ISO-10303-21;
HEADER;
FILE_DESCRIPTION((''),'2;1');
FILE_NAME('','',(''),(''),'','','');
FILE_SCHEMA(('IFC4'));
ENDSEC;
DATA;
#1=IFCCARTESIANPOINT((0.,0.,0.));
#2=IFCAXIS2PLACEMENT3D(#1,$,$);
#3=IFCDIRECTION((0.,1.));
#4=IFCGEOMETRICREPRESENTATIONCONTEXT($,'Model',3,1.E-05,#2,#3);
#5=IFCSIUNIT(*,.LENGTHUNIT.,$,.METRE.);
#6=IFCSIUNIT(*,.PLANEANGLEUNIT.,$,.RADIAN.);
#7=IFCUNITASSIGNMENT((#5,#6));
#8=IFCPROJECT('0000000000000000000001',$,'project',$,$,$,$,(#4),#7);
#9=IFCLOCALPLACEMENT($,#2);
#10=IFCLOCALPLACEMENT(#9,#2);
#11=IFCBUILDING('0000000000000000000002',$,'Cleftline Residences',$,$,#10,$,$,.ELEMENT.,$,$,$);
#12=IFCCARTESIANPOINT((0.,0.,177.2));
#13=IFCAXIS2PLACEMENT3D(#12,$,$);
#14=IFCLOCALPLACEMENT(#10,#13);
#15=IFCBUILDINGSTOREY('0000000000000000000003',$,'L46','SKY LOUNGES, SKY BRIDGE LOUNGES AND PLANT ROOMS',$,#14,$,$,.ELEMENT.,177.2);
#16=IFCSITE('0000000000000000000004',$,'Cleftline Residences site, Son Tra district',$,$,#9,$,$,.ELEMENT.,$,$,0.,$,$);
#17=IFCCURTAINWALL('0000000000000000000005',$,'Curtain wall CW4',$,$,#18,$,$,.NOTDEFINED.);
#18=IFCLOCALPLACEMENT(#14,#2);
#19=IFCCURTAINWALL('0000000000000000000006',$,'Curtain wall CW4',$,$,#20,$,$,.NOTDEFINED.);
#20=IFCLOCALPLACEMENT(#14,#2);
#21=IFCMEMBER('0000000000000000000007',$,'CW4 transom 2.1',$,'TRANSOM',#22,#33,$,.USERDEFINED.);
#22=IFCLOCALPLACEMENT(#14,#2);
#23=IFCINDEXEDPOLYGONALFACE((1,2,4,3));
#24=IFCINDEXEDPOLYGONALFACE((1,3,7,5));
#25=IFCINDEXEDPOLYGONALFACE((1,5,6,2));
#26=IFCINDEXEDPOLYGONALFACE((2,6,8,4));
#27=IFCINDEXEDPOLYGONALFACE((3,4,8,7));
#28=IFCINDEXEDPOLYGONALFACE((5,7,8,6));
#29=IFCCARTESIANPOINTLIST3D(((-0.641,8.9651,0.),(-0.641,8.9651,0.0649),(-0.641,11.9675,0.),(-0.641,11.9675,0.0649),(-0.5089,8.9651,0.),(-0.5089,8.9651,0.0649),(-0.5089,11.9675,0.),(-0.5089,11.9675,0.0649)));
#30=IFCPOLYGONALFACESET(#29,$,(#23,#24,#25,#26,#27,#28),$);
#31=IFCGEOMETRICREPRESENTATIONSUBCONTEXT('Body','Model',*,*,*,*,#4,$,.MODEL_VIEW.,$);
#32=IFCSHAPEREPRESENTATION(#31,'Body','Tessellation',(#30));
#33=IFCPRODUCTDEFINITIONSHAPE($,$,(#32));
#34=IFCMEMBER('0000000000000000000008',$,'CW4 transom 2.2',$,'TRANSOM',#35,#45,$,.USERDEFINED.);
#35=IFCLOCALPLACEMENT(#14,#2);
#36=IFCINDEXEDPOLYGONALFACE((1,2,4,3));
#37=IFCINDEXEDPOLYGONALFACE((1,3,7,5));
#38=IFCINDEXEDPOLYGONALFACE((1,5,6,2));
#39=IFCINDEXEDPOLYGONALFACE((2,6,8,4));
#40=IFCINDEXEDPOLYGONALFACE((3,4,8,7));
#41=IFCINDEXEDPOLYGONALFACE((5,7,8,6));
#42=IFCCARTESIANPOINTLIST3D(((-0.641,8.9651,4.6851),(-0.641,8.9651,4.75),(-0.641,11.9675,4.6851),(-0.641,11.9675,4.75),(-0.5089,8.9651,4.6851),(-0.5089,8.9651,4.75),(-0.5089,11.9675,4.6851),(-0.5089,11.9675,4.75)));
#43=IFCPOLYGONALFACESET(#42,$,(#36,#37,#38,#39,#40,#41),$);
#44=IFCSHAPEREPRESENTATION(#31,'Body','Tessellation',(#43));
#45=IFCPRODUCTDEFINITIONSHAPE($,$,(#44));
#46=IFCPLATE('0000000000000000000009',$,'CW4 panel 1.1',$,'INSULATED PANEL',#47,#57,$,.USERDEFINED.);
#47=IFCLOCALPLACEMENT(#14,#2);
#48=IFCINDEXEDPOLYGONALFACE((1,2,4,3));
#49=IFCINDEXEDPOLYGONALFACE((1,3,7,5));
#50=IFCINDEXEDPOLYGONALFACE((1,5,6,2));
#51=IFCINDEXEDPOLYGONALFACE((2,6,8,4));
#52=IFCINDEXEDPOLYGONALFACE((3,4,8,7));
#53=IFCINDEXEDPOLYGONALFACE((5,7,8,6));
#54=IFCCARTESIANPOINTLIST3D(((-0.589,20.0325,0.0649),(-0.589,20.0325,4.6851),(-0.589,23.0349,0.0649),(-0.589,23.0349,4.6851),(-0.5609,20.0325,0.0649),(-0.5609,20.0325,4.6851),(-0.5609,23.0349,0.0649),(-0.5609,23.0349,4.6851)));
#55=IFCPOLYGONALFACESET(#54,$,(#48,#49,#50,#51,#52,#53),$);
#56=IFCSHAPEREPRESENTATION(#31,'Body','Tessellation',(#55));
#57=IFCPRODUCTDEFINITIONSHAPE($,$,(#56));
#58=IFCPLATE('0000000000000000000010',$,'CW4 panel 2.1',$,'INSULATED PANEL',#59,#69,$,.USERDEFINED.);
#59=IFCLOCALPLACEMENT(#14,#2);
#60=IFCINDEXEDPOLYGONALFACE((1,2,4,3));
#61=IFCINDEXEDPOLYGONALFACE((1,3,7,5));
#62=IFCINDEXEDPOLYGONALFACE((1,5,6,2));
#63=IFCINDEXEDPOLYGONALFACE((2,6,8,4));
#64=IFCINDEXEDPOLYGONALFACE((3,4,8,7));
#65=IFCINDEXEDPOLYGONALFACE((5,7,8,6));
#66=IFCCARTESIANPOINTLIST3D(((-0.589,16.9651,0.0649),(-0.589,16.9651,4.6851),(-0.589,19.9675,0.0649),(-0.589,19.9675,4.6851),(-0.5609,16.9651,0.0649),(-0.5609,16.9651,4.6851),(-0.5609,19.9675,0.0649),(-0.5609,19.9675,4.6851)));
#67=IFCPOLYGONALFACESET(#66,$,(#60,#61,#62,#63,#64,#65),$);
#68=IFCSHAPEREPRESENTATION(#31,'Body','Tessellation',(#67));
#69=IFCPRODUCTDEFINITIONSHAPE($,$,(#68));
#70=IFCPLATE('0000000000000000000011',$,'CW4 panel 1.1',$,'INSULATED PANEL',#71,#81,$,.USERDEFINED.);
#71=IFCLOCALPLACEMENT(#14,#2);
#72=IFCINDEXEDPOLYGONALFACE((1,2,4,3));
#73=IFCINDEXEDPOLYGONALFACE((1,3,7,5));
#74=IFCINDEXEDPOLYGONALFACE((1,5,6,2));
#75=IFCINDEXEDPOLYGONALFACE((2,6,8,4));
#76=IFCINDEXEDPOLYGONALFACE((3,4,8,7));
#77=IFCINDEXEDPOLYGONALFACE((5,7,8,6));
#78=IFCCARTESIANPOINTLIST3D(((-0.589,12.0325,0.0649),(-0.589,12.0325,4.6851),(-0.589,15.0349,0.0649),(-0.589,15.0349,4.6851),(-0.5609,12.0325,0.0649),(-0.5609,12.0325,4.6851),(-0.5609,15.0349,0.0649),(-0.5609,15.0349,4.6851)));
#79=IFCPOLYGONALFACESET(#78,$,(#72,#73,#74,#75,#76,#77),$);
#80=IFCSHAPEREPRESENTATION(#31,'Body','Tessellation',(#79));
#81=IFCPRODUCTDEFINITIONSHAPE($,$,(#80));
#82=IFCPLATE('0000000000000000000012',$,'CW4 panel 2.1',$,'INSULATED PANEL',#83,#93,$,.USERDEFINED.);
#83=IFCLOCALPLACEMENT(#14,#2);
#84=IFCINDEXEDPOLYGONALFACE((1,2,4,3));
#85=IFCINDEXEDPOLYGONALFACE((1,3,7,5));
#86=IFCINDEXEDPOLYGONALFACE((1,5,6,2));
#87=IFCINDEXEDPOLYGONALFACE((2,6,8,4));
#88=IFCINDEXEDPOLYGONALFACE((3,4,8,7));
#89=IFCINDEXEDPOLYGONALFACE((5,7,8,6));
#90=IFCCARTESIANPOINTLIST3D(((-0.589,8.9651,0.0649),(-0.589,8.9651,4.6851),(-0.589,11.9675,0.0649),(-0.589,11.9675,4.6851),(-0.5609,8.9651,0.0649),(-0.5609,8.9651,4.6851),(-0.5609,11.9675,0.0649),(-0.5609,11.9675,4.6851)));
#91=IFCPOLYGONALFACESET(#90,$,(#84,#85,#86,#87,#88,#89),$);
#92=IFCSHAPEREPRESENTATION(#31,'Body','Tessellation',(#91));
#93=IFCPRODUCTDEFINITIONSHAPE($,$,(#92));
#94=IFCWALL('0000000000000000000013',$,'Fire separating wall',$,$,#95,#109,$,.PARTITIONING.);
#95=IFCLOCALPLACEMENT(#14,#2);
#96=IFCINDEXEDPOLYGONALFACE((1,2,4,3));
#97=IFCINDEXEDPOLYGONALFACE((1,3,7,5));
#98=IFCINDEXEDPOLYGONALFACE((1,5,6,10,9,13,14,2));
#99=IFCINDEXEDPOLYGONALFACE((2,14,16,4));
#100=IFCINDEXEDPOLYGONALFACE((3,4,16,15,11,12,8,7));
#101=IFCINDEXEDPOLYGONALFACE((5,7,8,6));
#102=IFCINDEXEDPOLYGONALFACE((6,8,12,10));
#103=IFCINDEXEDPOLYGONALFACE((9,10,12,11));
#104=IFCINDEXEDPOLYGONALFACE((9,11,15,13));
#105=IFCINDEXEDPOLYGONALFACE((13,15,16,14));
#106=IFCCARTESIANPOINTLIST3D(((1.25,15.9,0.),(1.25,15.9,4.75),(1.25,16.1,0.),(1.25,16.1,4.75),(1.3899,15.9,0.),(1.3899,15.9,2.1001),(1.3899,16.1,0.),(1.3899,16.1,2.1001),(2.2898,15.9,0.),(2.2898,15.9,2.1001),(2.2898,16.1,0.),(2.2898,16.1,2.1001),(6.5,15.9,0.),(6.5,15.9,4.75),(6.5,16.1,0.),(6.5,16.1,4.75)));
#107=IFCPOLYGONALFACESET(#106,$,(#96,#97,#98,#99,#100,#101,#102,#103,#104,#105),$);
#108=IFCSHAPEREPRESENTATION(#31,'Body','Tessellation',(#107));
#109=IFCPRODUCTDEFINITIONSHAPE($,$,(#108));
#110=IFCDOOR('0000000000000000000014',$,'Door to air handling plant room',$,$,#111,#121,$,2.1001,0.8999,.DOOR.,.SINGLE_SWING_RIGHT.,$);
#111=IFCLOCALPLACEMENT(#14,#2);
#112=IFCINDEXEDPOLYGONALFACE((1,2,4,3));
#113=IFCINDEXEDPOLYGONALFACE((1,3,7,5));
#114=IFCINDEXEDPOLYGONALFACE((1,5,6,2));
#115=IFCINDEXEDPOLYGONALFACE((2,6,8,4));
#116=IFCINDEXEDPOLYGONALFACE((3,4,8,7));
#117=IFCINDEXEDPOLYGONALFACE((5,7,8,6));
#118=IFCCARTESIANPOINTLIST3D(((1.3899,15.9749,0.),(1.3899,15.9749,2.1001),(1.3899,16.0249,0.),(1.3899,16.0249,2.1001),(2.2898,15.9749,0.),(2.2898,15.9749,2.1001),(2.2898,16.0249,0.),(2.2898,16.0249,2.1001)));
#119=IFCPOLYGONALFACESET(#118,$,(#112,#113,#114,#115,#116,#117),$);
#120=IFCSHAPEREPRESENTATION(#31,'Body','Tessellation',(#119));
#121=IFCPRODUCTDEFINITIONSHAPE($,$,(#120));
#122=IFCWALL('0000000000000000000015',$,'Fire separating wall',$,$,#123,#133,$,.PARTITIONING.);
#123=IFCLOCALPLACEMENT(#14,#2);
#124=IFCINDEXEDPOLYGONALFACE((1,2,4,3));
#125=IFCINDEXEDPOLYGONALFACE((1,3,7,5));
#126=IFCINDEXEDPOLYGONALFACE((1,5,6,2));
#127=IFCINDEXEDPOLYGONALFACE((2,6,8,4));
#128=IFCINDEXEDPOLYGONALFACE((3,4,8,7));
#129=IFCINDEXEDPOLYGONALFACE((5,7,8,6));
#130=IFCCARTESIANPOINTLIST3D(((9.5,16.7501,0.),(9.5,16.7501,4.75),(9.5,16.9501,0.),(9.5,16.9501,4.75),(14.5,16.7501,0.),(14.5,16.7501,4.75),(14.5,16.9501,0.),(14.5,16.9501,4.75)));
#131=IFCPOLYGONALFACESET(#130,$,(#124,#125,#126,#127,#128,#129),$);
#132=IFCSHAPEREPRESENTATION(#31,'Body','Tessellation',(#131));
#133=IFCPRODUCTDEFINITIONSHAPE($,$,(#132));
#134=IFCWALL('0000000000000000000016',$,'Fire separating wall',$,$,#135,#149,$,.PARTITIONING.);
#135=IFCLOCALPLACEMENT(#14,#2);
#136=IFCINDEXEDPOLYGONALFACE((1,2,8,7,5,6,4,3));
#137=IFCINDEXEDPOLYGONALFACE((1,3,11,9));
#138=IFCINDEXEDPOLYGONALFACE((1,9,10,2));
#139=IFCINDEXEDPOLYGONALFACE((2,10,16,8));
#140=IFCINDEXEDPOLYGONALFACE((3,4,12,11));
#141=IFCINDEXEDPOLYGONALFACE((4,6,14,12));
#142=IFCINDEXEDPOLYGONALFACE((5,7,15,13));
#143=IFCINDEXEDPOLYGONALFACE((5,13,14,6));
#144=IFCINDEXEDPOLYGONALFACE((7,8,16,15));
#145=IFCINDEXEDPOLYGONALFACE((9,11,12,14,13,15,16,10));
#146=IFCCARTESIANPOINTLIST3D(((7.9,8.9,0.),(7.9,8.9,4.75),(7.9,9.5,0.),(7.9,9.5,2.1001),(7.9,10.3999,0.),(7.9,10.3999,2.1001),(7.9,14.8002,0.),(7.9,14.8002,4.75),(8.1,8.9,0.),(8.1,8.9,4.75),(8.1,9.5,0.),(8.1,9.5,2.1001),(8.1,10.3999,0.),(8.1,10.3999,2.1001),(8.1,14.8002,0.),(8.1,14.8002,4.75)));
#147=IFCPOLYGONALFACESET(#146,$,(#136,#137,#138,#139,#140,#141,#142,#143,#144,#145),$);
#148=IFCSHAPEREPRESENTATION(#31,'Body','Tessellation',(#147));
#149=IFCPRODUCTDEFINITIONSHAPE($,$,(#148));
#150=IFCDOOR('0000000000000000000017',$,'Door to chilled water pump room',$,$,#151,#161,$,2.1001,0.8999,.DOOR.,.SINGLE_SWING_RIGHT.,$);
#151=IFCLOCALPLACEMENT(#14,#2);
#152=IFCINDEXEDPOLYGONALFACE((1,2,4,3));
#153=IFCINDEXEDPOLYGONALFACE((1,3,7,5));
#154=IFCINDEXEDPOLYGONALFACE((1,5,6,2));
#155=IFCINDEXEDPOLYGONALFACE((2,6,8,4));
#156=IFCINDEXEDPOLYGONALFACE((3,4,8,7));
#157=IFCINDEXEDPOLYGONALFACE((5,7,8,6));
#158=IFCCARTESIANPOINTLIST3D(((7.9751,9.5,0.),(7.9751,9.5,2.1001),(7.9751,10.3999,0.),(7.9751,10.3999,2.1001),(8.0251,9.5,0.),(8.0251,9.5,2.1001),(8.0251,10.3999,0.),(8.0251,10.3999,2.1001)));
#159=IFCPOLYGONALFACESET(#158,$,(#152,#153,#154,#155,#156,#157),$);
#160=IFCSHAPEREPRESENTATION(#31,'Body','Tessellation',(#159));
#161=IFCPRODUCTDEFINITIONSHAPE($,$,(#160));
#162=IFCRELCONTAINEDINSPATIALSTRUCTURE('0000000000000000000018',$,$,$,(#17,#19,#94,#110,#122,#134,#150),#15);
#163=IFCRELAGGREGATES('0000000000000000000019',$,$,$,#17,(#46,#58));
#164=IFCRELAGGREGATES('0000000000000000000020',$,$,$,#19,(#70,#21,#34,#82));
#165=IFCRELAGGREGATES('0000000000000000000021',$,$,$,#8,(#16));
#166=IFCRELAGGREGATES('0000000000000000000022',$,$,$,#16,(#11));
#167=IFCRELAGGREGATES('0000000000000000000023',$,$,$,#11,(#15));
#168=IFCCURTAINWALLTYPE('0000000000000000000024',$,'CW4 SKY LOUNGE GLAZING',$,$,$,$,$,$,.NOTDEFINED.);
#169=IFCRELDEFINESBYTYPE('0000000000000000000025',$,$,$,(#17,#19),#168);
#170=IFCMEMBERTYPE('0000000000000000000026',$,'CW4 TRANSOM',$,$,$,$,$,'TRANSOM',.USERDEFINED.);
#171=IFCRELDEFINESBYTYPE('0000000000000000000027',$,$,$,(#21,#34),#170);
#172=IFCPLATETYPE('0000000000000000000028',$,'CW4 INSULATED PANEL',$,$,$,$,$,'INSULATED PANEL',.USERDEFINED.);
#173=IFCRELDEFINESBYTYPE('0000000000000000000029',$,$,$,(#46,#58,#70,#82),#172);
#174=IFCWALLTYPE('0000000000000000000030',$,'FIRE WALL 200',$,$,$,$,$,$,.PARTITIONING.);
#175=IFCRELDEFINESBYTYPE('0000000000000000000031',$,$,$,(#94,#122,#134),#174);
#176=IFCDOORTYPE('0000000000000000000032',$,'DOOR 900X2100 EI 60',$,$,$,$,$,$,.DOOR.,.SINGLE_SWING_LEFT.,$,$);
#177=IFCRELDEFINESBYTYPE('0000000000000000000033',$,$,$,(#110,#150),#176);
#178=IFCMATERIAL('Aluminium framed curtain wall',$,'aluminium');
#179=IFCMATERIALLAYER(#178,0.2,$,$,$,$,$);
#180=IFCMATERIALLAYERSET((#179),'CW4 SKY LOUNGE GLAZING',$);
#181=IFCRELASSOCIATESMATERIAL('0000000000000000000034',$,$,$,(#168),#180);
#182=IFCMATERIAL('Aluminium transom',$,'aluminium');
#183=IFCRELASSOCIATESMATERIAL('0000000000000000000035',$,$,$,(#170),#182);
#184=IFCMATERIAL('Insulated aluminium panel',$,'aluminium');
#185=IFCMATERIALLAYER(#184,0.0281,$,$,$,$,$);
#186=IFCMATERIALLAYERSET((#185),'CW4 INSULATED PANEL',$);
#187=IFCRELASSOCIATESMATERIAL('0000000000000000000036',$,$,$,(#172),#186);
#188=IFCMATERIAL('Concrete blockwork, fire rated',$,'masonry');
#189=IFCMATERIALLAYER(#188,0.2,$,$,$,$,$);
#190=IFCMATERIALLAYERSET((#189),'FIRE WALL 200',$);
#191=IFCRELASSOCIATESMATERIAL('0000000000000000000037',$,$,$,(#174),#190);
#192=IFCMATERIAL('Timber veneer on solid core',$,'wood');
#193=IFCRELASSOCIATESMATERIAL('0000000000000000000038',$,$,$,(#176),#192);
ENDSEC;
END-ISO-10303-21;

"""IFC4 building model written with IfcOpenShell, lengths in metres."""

from ifc_helpers import new_model, si_unit, direction, frame, frame_2d, origin, origin_2d, place, context, subcontext, project, spatial, rectangle, extrude, material, layer, layer_set, material_profile, profile_set, type_object, element, fill, aggregate, save


model = new_model("IFC4")

# Units and contexts
model_context = context("Model", 3, precision=1e-05, world=origin(), true_north=direction((0.0, 1.0)))
body_context = subcontext(model_context, "Body", "Model", "MODEL_VIEW")
ifc_project = project(units=[si_unit("LENGTHUNIT", "METRE"), si_unit("PLANEANGLEUNIT", "RADIAN")], contexts=[model_context])

# Site, building, storey
site_placement = place(None, origin())
site = spatial("IfcSite", under=ifc_project, at=site_placement, Name="Cleftline Residences site, Son Tra district", CompositionType="ELEMENT", RefElevation=0.0)
building_placement = place(site_placement, origin())
building = spatial("IfcBuilding", under=site, at=building_placement, Name="Cleftline Residences", CompositionType="ELEMENT")
storey_placement = place(building_placement, frame((0.0, 0.0, 177.2)))
storey = spatial("IfcBuildingStorey", under=building, at=storey_placement, Name="L46", Description="SKY LOUNGES, SKY BRIDGE LOUNGES AND PLANT ROOMS", CompositionType="ELEMENT", Elevation=177.2)

# Curtain walls
ifc_material_1 = material(Name="Aluminium framed curtain wall", Category="aluminium")
ifc_layer_1 = layer(ifc_material_1, 0.2)
ifc_layer_set_1 = layer_set([ifc_layer_1], Name="CW4 SKY LOUNGE GLAZING")
curtain_wall_type = type_object("IfcCurtainWallType", Name="CW4 SKY LOUNGE GLAZING", PredefinedType="NOTDEFINED", material=ifc_layer_set_1)
curtain_wall_1_placement = place(storey_placement, origin())
curtain_wall_1 = element("IfcCurtainWall", 1, at=curtain_wall_1_placement, inside=storey, type_object=curtain_wall_type, Name="Curtain wall CW4", PredefinedType="NOTDEFINED")
curtain_wall_2_placement = place(storey_placement, origin())
curtain_wall_2 = element("IfcCurtainWall", 2, at=curtain_wall_2_placement, inside=storey, type_object=curtain_wall_type, Name="Curtain wall CW4", PredefinedType="NOTDEFINED")

# Members
ifc_material_2 = material(Name="Aluminium transom", Category="aluminium")
ifc_material_profile_1 = material_profile(ifc_material_2, rectangle(XDim=0.1321, YDim=0.0649, at=origin_2d()))
ifc_profile_set_1 = profile_set([ifc_material_profile_1], Name="Aluminium transom")
member_type_1 = type_object("IfcMemberType", Name="CW4 TRANSOM", ElementType="TRANSOM", PredefinedType="USERDEFINED", material=ifc_profile_set_1)
member_1_placement = place(storey_placement, frame((-0.575, 11.9675, 0.0325), z_axis=(0.0, -1.0, 0.0), x_axis=(1.0, 0.0, 0.0)))
member_1 = element("IfcMember", 3, at=member_1_placement, type_object=member_type_1, Name="CW4 transom 2.1", ObjectType="TRANSOM", PredefinedType="USERDEFINED", context=body_context, shape_type="SweptSolid", body=[
    extrude(rectangle(XDim=0.1321, YDim=0.0649, at=origin_2d()), origin(), (0.0, 0.0, 1.0), 3.0024),
])
member_2_placement = place(storey_placement, frame((-0.575, 11.9675, 4.7175), z_axis=(0.0, -1.0, 0.0), x_axis=(1.0, 0.0, 0.0)))
member_2 = element("IfcMember", 4, at=member_2_placement, type_object=member_type_1, Name="CW4 transom 2.2", ObjectType="TRANSOM", PredefinedType="USERDEFINED", context=body_context, shape_type="SweptSolid", body=[
    extrude(rectangle(XDim=0.1321, YDim=0.0649, at=origin_2d()), origin(), (0.0, 0.0, 1.0), 3.0024),
])

# Plates
ifc_material_3 = material(Name="Insulated aluminium panel", Category="aluminium")
ifc_layer_2 = layer(ifc_material_3, 0.0281)
ifc_layer_set_2 = layer_set([ifc_layer_2], Name="CW4 INSULATED PANEL")
plate_type = type_object("IfcPlateType", Name="CW4 INSULATED PANEL", ElementType="INSULATED PANEL", PredefinedType="USERDEFINED", material=ifc_layer_set_2)
plate_1_placement = place(storey_placement, frame((-0.575, 21.5337, 0.0649), z_axis=(0.0, 0.0, 1.0), x_axis=(0.0, -1.0, 0.0)))
plate_1 = element("IfcPlate", 5, at=plate_1_placement, type_object=plate_type, Name="CW4 panel 1.1", ObjectType="INSULATED PANEL", PredefinedType="USERDEFINED", context=body_context, shape_type="SweptSolid", body=[
    extrude(rectangle(XDim=3.0024, YDim=0.0281, at=origin_2d()), origin(), (0.0, 0.0, 1.0), 4.6201),
])
plate_2_placement = place(storey_placement, frame((-0.575, 18.4663, 0.0649), z_axis=(0.0, 0.0, 1.0), x_axis=(0.0, -1.0, 0.0)))
plate_2 = element("IfcPlate", 6, at=plate_2_placement, type_object=plate_type, Name="CW4 panel 2.1", ObjectType="INSULATED PANEL", PredefinedType="USERDEFINED", context=body_context, shape_type="SweptSolid", body=[
    extrude(rectangle(XDim=3.0024, YDim=0.0281, at=origin_2d()), origin(), (0.0, 0.0, 1.0), 4.6201),
])
aggregate(curtain_wall_1, [plate_1, plate_2])
plate_3_placement = place(storey_placement, frame((-0.575, 13.5337, 0.0649), z_axis=(0.0, 0.0, 1.0), x_axis=(0.0, -1.0, 0.0)))
plate_3 = element("IfcPlate", 7, at=plate_3_placement, type_object=plate_type, Name="CW4 panel 1.1", ObjectType="INSULATED PANEL", PredefinedType="USERDEFINED", context=body_context, shape_type="SweptSolid", body=[
    extrude(rectangle(XDim=3.0024, YDim=0.0281, at=origin_2d()), origin(), (0.0, 0.0, 1.0), 4.6201),
])
plate_4_placement = place(storey_placement, frame((-0.575, 10.4663, 0.0649), z_axis=(0.0, 0.0, 1.0), x_axis=(0.0, -1.0, 0.0)))
plate_4 = element("IfcPlate", 8, at=plate_4_placement, type_object=plate_type, Name="CW4 panel 2.1", ObjectType="INSULATED PANEL", PredefinedType="USERDEFINED", context=body_context, shape_type="SweptSolid", body=[
    extrude(rectangle(XDim=3.0024, YDim=0.0281, at=origin_2d()), origin(), (0.0, 0.0, 1.0), 4.6201),
])
aggregate(curtain_wall_2, [plate_3, member_1, member_2, plate_4])

# Wall, opening, door
ifc_material_4 = material(Name="Concrete blockwork, fire rated", Category="masonry")
ifc_layer_3 = layer(ifc_material_4, 0.2)
ifc_layer_set_3 = layer_set([ifc_layer_3], Name="FIRE WALL 200")
wall_type_1 = type_object("IfcWallType", Name="FIRE WALL 200", PredefinedType="PARTITIONING", material=ifc_layer_set_3)
wall_1_placement = place(storey_placement, frame((1.25, 16.0, 0.0), z_axis=(0.0, 0.0, 1.0), x_axis=(1.0, 0.0, 0.0)))
wall_1 = element("IfcWall", 9, at=wall_1_placement, inside=storey, type_object=wall_type_1, Name="Fire separating wall", PredefinedType="PARTITIONING", context=body_context, shape_type="SweptSolid", body=[
    extrude(rectangle(XDim=5.25, YDim=0.2, at=frame_2d((2.625, 0.0))), origin(), (0.0, 0.0, 1.0), 4.75),
])
opening_1_placement = place(wall_1_placement, frame((0.1399, 0.0, 0.0)))
opening_1 = element("IfcOpeningElement", 10, at=opening_1_placement, cuts=wall_1, PredefinedType="OPENING", context=body_context, shape_type="SweptSolid", body=[
    extrude(rectangle(XDim=0.8999, YDim=2.1001, at=frame_2d((0.45, 1.05))), frame((0.0, 0.1099, 0.0), z_axis=(0.0, -1.0, 0.0), x_axis=(1.0, 0.0, 0.0)), (0.0, 0.0, 1.0), 0.22),
])
ifc_material_5 = material(Name="Timber veneer on solid core", Category="wood")
door_type_1 = type_object("IfcDoorType", Name="DOOR 900X2100 EI 60", OperationType="SINGLE_SWING_LEFT", PredefinedType="DOOR", material=ifc_material_5)
door_1_placement = place(opening_1_placement, origin())
door_1 = element("IfcDoor", 11, at=door_1_placement, inside=storey, type_object=door_type_1, Name="Door to air handling plant room", OperationType="SINGLE_SWING_RIGHT", OverallHeight=2.1001, OverallWidth=0.8999, PredefinedType="DOOR", context=body_context, shape_type="SweptSolid", body=[
    extrude(rectangle(XDim=0.8999, YDim=2.1001, at=frame_2d((0.45, 1.05))), frame((0.0, 0.0249, 0.0), z_axis=(0.0, -1.0, 0.0), x_axis=(1.0, 0.0, 0.0)), (0.0, 0.0, 1.0), 0.05),
])
fill(opening_1, door_1)

# Wall
wall_2_placement = place(storey_placement, frame((9.5, 16.8501, 0.0), z_axis=(0.0, 0.0, 1.0), x_axis=(1.0, 0.0, 0.0)))
element("IfcWall", 12, at=wall_2_placement, inside=storey, type_object=wall_type_1, Name="Fire separating wall", PredefinedType="PARTITIONING", context=body_context, shape_type="SweptSolid", body=[
    extrude(rectangle(XDim=5.0, YDim=0.2, at=frame_2d((2.5, 0.0))), origin(), (0.0, 0.0, 1.0), 4.75),
])

# Wall, opening, door
wall_3_placement = place(storey_placement, frame((8.0, 8.8999, 0.0), z_axis=(0.0, 0.0, 1.0), x_axis=(0.0, 1.0, 0.0)))
wall_3 = element("IfcWall", 13, at=wall_3_placement, inside=storey, type_object=wall_type_1, Name="Fire separating wall", PredefinedType="PARTITIONING", context=body_context, shape_type="SweptSolid", body=[
    extrude(rectangle(XDim=5.9001, YDim=0.2, at=frame_2d((2.9502, 0.0))), origin(), (0.0, 0.0, 1.0), 4.75),
])
opening_2_placement = place(wall_3_placement, frame((0.6001, 0.0, 0.0)))
opening_2 = element("IfcOpeningElement", 14, at=opening_2_placement, cuts=wall_3, PredefinedType="OPENING", context=body_context, shape_type="SweptSolid", body=[
    extrude(rectangle(XDim=0.8999, YDim=2.1001, at=frame_2d((0.45, 1.05))), frame((0.0, 0.1099, 0.0), z_axis=(0.0, -1.0, 0.0), x_axis=(1.0, 0.0, 0.0)), (0.0, 0.0, 1.0), 0.22),
])
door_2_placement = place(opening_2_placement, origin())
door_2 = element("IfcDoor", 15, at=door_2_placement, inside=storey, type_object=door_type_1, Name="Door to chilled water pump room", OperationType="SINGLE_SWING_RIGHT", OverallHeight=2.1001, OverallWidth=0.8999, PredefinedType="DOOR", context=body_context, shape_type="SweptSolid", body=[
    extrude(rectangle(XDim=0.8999, YDim=2.1001, at=frame_2d((0.45, 1.05))), frame((0.0, 0.0249, 0.0), z_axis=(0.0, -1.0, 0.0), x_axis=(1.0, 0.0, 0.0)), (0.0, 0.0, 1.0), 0.05),
])
fill(opening_2, door_2)

save(model, "model.ifc")
